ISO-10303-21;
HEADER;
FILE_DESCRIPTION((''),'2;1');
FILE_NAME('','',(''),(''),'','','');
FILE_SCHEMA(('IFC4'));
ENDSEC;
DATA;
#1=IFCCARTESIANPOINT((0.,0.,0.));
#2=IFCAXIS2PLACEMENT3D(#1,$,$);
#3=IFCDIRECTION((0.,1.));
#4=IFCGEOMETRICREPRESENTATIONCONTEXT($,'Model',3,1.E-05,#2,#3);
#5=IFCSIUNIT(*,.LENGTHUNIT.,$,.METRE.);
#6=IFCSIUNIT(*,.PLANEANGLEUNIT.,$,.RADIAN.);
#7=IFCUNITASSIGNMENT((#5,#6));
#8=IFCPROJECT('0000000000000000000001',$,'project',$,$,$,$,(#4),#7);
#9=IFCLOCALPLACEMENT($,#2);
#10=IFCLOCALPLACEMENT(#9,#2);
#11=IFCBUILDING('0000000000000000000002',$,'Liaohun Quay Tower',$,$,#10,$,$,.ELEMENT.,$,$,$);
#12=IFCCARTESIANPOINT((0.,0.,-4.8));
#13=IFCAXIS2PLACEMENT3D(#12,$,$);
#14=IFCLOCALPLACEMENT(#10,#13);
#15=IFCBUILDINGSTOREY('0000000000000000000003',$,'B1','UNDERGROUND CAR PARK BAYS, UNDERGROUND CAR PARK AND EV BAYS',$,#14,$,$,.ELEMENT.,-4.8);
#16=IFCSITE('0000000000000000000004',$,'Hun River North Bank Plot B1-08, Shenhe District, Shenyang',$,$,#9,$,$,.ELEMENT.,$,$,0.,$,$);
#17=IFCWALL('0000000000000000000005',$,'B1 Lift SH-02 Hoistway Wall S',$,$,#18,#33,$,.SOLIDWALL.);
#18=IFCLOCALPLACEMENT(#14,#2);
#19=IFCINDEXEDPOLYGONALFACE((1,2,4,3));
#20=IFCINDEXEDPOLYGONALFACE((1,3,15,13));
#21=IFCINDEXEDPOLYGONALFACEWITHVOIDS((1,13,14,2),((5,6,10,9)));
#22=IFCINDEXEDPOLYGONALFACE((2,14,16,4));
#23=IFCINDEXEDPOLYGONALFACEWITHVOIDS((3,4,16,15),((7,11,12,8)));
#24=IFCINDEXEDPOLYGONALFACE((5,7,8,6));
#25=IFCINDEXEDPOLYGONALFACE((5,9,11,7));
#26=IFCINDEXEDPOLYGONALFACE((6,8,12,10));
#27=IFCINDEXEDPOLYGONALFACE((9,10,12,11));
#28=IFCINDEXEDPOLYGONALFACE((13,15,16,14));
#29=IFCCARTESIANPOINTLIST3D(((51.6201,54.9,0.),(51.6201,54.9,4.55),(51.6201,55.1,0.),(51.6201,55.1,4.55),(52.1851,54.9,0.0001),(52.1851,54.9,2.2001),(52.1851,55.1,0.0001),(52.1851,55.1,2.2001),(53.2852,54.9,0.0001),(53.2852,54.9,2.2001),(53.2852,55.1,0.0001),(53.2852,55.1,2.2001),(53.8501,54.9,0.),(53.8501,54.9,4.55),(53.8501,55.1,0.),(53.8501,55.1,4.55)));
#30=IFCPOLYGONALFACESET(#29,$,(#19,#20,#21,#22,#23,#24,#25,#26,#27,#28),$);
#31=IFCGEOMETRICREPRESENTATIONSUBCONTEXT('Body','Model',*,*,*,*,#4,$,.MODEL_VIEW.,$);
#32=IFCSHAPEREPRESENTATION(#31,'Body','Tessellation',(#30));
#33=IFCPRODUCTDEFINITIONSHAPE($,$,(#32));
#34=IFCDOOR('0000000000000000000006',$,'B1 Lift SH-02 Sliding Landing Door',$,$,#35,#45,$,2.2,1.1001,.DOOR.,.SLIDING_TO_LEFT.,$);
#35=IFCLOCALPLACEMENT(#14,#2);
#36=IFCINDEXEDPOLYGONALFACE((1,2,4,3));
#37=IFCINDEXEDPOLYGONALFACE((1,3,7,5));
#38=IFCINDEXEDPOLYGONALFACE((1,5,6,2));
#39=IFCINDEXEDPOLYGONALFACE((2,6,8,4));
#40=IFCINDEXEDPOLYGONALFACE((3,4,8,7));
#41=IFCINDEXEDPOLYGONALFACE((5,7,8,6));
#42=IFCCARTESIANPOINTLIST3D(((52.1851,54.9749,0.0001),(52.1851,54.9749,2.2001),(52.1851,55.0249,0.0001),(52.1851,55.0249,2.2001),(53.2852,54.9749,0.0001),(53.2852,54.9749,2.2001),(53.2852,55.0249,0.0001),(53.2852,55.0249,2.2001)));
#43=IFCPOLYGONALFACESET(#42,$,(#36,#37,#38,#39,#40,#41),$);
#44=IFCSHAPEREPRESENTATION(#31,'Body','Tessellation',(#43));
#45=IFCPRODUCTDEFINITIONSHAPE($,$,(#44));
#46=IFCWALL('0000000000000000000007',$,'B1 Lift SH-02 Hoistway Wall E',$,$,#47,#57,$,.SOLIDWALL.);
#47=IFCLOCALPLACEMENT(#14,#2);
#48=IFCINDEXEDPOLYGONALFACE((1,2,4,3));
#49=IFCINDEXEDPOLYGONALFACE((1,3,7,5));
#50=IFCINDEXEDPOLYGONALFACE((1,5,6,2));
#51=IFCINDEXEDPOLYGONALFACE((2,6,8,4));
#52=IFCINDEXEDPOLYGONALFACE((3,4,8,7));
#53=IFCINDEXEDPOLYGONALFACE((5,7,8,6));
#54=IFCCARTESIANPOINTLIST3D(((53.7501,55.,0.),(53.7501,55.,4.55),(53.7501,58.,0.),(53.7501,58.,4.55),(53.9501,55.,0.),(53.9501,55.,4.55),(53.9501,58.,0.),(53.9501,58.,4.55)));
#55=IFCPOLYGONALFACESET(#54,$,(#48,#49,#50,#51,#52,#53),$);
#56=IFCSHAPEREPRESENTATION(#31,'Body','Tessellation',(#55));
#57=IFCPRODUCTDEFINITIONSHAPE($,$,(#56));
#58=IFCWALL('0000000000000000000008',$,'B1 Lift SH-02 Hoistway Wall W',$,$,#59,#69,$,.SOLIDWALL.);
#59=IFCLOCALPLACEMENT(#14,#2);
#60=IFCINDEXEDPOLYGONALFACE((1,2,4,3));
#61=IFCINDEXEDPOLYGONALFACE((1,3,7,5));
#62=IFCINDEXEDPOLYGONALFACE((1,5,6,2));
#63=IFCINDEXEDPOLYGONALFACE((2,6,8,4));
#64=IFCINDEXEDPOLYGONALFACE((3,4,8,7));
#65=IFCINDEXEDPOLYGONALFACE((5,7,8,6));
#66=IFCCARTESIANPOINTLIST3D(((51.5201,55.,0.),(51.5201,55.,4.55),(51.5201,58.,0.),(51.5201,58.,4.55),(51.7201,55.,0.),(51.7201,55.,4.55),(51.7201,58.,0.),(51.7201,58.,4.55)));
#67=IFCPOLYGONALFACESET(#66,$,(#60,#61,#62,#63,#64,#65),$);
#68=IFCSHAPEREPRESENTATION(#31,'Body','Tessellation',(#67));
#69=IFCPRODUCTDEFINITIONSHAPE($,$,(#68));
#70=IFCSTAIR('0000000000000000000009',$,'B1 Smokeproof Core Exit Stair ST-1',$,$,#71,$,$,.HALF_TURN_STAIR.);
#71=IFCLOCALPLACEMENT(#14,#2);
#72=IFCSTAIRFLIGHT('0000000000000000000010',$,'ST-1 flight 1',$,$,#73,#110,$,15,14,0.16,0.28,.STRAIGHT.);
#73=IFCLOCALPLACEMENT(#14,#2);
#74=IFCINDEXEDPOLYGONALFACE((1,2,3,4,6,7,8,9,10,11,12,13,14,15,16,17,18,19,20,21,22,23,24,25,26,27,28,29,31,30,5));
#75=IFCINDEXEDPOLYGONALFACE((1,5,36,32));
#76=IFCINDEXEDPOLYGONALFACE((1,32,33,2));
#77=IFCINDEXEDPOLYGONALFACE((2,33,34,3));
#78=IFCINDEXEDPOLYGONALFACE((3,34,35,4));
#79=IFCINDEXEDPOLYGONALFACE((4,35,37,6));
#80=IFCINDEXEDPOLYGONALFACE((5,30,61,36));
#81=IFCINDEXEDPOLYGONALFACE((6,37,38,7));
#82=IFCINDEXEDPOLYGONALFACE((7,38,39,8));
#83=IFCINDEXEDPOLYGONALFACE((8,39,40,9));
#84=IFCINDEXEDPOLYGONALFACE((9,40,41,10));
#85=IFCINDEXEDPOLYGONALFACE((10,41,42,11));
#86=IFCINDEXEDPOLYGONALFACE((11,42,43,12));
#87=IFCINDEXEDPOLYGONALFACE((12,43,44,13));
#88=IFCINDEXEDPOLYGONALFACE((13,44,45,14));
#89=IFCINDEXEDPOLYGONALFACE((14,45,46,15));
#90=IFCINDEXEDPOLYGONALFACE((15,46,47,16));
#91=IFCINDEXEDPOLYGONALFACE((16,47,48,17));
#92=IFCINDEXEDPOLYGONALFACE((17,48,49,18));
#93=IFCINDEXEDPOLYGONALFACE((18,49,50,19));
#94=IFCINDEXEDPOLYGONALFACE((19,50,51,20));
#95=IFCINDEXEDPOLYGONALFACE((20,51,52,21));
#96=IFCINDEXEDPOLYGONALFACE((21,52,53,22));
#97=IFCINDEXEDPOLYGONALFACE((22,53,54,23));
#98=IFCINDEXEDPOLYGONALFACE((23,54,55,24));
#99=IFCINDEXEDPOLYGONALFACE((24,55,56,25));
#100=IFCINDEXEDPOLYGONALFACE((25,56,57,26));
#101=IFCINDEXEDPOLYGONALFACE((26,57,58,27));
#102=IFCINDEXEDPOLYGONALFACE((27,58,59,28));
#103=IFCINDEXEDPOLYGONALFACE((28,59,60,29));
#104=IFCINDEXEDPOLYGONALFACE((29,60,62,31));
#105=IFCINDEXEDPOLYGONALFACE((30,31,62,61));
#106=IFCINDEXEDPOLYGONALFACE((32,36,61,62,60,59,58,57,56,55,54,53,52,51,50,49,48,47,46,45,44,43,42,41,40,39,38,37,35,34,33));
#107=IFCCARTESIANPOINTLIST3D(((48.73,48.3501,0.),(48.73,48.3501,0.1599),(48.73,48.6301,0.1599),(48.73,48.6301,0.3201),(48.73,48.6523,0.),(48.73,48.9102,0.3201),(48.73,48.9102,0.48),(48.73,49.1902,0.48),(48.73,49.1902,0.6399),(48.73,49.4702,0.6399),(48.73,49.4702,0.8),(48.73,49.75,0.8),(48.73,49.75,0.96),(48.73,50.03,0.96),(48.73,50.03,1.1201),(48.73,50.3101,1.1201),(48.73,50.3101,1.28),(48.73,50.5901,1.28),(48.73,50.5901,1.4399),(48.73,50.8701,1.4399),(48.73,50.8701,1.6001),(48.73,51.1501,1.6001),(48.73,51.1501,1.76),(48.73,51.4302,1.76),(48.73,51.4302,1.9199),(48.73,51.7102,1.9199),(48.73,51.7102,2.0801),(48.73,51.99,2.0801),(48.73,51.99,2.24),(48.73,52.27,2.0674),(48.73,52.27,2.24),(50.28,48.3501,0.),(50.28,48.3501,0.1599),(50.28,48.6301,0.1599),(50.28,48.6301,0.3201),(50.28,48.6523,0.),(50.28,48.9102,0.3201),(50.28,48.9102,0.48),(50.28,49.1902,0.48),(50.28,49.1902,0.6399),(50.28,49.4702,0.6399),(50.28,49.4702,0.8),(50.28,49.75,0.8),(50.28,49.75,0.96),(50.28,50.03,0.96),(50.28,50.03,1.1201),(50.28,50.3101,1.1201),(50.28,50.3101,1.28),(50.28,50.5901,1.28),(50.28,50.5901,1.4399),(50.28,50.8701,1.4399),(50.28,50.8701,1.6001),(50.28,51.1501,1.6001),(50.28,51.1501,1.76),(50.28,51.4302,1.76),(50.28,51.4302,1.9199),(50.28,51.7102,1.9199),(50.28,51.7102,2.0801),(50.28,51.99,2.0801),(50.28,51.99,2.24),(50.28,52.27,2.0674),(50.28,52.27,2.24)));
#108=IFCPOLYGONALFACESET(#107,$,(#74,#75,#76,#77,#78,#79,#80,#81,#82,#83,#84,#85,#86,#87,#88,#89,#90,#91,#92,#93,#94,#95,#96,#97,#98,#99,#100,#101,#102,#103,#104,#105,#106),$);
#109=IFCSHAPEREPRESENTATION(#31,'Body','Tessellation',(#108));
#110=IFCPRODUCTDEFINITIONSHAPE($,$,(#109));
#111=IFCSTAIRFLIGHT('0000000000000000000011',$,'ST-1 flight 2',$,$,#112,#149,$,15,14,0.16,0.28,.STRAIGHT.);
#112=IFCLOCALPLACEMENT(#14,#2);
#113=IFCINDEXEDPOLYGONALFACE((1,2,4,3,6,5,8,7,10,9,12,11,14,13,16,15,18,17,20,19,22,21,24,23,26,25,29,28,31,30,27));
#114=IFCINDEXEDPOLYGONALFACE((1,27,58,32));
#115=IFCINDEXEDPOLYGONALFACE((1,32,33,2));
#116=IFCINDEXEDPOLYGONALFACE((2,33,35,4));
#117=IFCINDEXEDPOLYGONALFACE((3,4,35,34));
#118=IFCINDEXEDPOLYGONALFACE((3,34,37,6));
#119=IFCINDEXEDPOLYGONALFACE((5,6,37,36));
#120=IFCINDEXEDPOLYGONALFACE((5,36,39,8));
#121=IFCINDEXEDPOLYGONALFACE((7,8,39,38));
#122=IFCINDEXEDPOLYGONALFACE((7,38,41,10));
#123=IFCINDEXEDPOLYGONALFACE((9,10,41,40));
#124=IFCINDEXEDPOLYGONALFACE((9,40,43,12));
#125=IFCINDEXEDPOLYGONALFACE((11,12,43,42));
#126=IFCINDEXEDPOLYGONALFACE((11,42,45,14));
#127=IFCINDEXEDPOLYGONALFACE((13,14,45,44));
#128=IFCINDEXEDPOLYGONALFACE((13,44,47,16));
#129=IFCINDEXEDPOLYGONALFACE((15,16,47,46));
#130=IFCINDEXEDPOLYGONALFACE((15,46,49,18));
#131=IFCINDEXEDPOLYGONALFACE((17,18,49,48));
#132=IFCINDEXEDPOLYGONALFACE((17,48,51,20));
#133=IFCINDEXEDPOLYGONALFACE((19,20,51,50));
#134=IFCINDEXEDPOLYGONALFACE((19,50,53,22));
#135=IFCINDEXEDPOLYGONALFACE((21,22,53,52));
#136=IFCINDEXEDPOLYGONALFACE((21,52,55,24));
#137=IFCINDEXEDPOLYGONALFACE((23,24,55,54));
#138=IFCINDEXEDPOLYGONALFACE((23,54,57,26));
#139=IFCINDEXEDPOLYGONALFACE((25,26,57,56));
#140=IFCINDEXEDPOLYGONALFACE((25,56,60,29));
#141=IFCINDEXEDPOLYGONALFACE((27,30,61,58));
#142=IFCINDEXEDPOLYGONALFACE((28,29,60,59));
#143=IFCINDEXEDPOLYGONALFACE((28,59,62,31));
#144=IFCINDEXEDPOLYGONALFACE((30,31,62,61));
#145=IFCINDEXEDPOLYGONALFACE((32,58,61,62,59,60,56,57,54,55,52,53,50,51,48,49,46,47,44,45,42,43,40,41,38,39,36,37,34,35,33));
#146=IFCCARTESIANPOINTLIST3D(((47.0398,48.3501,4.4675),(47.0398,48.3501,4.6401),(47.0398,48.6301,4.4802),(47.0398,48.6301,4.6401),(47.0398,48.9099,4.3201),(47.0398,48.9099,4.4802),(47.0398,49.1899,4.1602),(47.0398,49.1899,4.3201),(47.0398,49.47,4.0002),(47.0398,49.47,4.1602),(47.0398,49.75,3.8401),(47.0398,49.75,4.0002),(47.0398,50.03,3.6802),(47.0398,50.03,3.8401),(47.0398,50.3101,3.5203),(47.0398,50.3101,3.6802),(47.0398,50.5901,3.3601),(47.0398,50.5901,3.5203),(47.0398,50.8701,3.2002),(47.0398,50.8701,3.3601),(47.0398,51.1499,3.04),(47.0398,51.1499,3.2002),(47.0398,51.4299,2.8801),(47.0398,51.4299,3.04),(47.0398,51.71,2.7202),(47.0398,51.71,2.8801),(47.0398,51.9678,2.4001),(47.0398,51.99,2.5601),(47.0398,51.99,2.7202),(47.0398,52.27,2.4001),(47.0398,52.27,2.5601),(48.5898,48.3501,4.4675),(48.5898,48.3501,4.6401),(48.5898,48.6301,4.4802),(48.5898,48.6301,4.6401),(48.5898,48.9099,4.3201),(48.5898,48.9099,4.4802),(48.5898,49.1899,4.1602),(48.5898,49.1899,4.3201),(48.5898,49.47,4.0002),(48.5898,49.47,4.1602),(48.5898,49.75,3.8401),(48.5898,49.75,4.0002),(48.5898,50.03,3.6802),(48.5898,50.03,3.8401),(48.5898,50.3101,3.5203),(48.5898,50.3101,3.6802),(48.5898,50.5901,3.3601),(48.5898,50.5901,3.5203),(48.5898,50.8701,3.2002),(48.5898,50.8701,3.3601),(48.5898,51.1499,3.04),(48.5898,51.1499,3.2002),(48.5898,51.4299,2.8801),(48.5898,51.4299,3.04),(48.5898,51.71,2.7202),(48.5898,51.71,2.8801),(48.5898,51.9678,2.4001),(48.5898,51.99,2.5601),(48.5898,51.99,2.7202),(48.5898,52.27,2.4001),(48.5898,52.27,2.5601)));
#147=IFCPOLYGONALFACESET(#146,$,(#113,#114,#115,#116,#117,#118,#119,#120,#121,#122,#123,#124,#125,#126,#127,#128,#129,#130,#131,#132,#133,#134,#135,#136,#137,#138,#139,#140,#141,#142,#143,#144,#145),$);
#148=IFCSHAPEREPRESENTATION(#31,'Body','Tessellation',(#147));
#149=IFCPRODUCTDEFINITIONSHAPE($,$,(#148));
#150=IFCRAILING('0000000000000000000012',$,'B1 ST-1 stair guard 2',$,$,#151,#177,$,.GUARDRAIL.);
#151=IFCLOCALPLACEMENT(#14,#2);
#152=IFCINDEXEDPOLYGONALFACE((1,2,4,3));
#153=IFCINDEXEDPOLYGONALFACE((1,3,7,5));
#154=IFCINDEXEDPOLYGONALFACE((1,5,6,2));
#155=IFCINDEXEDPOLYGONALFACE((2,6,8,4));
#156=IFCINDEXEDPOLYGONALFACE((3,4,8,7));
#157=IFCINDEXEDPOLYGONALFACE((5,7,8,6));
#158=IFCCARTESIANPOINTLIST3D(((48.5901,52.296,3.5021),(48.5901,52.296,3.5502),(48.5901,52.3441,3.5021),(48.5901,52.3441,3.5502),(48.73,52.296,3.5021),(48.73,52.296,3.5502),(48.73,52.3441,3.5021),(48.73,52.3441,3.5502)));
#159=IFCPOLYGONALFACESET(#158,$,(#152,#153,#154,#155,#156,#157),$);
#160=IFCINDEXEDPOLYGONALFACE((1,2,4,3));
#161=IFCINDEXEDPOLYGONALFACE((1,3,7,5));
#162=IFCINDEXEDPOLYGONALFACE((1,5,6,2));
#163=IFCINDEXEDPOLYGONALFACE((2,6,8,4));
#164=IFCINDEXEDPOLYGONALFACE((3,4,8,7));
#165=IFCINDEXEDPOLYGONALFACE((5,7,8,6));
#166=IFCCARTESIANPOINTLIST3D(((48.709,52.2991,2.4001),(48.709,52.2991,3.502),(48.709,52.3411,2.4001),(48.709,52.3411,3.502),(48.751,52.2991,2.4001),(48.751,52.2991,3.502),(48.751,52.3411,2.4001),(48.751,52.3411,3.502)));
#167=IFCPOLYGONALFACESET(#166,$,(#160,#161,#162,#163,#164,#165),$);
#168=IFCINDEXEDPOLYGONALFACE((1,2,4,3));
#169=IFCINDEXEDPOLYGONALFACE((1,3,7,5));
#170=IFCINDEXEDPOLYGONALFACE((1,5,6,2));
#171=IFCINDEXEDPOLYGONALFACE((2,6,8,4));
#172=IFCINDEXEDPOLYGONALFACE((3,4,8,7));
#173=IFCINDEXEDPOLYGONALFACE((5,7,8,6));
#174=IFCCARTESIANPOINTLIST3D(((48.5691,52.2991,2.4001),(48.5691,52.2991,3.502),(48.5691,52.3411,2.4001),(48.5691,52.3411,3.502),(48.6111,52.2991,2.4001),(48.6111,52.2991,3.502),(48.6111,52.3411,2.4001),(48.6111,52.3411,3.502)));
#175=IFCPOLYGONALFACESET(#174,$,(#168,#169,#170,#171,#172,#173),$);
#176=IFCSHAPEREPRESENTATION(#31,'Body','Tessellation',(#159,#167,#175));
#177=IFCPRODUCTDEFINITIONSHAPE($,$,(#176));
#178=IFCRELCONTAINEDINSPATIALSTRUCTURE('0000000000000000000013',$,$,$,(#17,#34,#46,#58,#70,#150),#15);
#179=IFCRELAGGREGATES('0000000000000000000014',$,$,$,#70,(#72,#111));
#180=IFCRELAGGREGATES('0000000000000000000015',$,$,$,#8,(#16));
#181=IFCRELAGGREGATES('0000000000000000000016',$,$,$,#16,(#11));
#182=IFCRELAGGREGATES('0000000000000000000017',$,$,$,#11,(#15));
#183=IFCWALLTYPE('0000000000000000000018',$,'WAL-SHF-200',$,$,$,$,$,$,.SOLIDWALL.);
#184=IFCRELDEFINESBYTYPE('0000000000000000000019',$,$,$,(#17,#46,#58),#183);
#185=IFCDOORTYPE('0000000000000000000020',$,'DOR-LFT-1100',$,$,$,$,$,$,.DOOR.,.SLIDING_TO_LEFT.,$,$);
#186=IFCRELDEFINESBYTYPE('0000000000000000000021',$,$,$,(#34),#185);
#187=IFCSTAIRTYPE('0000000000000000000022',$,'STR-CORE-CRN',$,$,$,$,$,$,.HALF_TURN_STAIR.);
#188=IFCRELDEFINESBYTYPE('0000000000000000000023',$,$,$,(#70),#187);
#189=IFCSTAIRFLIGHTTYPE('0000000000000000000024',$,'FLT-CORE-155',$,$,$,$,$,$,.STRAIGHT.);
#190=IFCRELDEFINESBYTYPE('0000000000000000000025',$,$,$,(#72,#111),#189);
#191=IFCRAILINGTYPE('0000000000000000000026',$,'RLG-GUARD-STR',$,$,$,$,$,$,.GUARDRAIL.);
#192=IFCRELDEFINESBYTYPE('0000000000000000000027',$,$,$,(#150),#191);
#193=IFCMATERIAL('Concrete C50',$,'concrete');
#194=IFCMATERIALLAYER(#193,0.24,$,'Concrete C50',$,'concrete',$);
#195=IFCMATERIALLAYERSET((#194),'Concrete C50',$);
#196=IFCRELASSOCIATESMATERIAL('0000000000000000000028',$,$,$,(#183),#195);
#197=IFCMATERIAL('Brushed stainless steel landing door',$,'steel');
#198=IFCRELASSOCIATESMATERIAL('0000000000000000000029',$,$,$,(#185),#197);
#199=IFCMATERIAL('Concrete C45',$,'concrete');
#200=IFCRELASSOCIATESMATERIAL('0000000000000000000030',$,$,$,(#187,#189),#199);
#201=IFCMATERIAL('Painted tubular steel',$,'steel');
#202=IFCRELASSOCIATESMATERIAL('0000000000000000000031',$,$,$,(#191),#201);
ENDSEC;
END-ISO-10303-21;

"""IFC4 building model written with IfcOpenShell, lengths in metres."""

from ifc_helpers import new_model, si_unit, direction, frame, frame_2d, origin, origin_2d, place, context, subcontext, project, spatial, polyline, rectangle, outline, extrude, source, transform, mapped, material, layer, layer_set, type_object, element, fill, aggregate, save


model = new_model("IFC4")

# Units and contexts
model_context = context("Model", 3, precision=1e-05, world=origin(), true_north=direction((0.0, 1.0)))
body_context = subcontext(model_context, "Body", "Model", "MODEL_VIEW")
ifc_project = project(units=[si_unit("LENGTHUNIT", "METRE"), si_unit("PLANEANGLEUNIT", "RADIAN")], contexts=[model_context])

# Site, building, storey
site_placement = place(None, origin())
site = spatial("IfcSite", under=ifc_project, at=site_placement, Name="Hun River North Bank Plot B1-08, Shenhe District, Shenyang", CompositionType="ELEMENT", RefElevation=0.0)
building_placement = place(site_placement, origin())
building = spatial("IfcBuilding", under=site, at=building_placement, Name="Liaohun Quay Tower", CompositionType="ELEMENT")
storey_placement = place(building_placement, frame((0.0, 0.0, -4.8)))
storey = spatial("IfcBuildingStorey", under=building, at=storey_placement, Name="B1", Description="UNDERGROUND CAR PARK BAYS, UNDERGROUND CAR PARK AND EV BAYS", CompositionType="ELEMENT", Elevation=-4.8)

# Shared definitions
ifc_material_1 = material(Name="Concrete C50", Category="concrete")
ifc_layer_1 = layer(ifc_material_1, 0.24, Name="Concrete C50", Category="concrete")
ifc_layer_set_1 = layer_set([ifc_layer_1], Name="Concrete C50")
wall_type_1 = type_object("IfcWallType", Name="WAL-SHF-200", PredefinedType="SOLIDWALL", material=ifc_layer_set_1)

# Wall, opening, door
wall_1_placement = place(storey_placement, frame((51.6201, 55.0, 0.0), z_axis=(0.0, 0.0, 1.0), x_axis=(1.0, 0.0, 0.0)))
wall_1 = element("IfcWall", 1, at=wall_1_placement, inside=storey, type_object=wall_type_1, Name="B1 Lift SH-02 Hoistway Wall S", PredefinedType="SOLIDWALL", context=body_context, shape_type="SweptSolid", body=[
    extrude(rectangle(XDim=2.23, YDim=0.2, at=frame_2d((1.115, 0.0))), origin(), (0.0, 0.0, 1.0), 4.55),
])
shared_shape_1 = source(origin(), body_context, "Body", "SweptSolid", [
    extrude(rectangle(XDim=1.1001, YDim=2.2, at=frame_2d((0.55, 1.1001))), frame((0.0, 0.1099, 0.0), z_axis=(0.0, -1.0, 0.0), x_axis=(1.0, 0.0, 0.0)), (0.0, 0.0, 1.0), 0.22),
])
opening_1_placement = place(wall_1_placement, frame((0.5649, 0.0, 0.0)))
opening_1 = element("IfcOpeningElement", 2, at=opening_1_placement, cuts=wall_1, PredefinedType="OPENING", context=body_context, shape_type="MappedRepresentation", body=[
    mapped(shared_shape_1, transform((0.0, 0.0, 0.0), x_axis=(1.0, 0.0, 0.0), y_axis=(0.0, 1.0, 0.0), z_axis=(0.0, 0.0, 1.0), scale=1.0)),
])
ifc_material_2 = material(Name="Brushed stainless steel landing door", Category="steel")
door_type_1 = type_object("IfcDoorType", Name="DOR-LFT-1100", OperationType="SLIDING_TO_LEFT", PredefinedType="DOOR", material=ifc_material_2)
shared_shape_2 = source(origin(), body_context, "Body", "SweptSolid", [
    extrude(rectangle(XDim=1.1001, YDim=2.2, at=frame_2d((0.55, 1.1001))), frame((0.0, 0.0249, 0.0), z_axis=(0.0, -1.0, 0.0), x_axis=(1.0, 0.0, 0.0)), (0.0, 0.0, 1.0), 0.05),
])
door_1_placement = place(opening_1_placement, origin())
door_1 = element("IfcDoor", 3, at=door_1_placement, inside=storey, type_object=door_type_1, Name="B1 Lift SH-02 Sliding Landing Door", OperationType="SLIDING_TO_LEFT", OverallHeight=2.2, OverallWidth=1.1001, PredefinedType="DOOR", context=body_context, shape_type="MappedRepresentation", body=[
    mapped(shared_shape_2, transform((0.0, 0.0, 0.0), x_axis=(1.0, 0.0, 0.0), y_axis=(0.0, 1.0, 0.0), z_axis=(0.0, 0.0, 1.0), scale=1.0)),
])
fill(opening_1, door_1)

# Walls
for number, where, z_axis, x_axis, name in (
    (4, (53.8501, 55.0, 0.0), (0.0, 0.0, 1.0), (0.0, 1.0, 0.0), "B1 Lift SH-02 Hoistway Wall E"),
    (5, (51.6201, 58.0, 0.0), (0.0, 0.0, 1.0), (0.0, -1.0, 0.0), "B1 Lift SH-02 Hoistway Wall W"),
):
    element("IfcWall", number, at=place(storey_placement, frame(where, z_axis=z_axis, x_axis=x_axis)), inside=storey, type_object=wall_type_1, Name=name, PredefinedType="SOLIDWALL", context=body_context, shape_type="SweptSolid", body=[
        extrude(rectangle(XDim=3.0, YDim=0.2, at=frame_2d((1.5, 0.0))), origin(), (0.0, 0.0, 1.0), 4.55),
    ])

# Stair, stair flights
ifc_material_3 = material(Name="Concrete C45", Category="concrete")
stair_type = type_object("IfcStairType", Name="STR-CORE-CRN", PredefinedType="HALF_TURN_STAIR", material=ifc_material_3)
stair_placement = place(storey_placement, origin())
stair = element("IfcStair", 6, at=stair_placement, inside=storey, type_object=stair_type, Name="B1 Smokeproof Core Exit Stair ST-1", PredefinedType="HALF_TURN_STAIR")
stair_flight_type = type_object("IfcStairFlightType", Name="FLT-CORE-155", PredefinedType="STRAIGHT", material=ifc_material_3)
stair_flight_1_placement = place(storey_placement, frame((49.5049, 48.3501, 0.0), z_axis=(0.0, 0.0, 1.0), x_axis=(0.0, 1.0, 0.0)))
stair_flight_1 = element("IfcStairFlight", 7, at=stair_flight_1_placement, type_object=stair_flight_type, Name="ST-1 flight 1", NumberOfRisers=15, NumberOfTreads=14, PredefinedType="STRAIGHT", RiserHeight=0.16, TreadLength=0.28, context=body_context, shape_type="SweptSolid", body=[
    extrude(outline(polyline([(0.0, 0.0), (0.0, 0.1599), (0.28, 0.1599), (0.28, 0.3201), (0.5601, 0.3201), (0.5601, 0.48), (0.8401, 0.48), (0.8401, 0.6399), (1.1201, 0.6399), (1.1201, 0.8), (1.3999, 0.8), (1.3999, 0.96), (1.6799, 0.96), (1.6799, 1.1201), (1.96, 1.1201), (1.96, 1.28), (2.24, 1.28), (2.24, 1.4399), (2.52, 1.4399), (2.52, 1.6001), (2.8, 1.6001), (2.8, 1.76), (3.0801, 1.76), (3.0801, 1.9199), (3.3601, 1.9199), (3.3601, 2.0801), (3.6399, 2.0801), (3.6399, 2.24), (3.9199, 2.24), (3.9199, 2.3999), (3.9199, 2.0674), (0.3022, 0.0), (0.0, 0.0)])), frame((0.0, 0.7749, 0.0), z_axis=(0.0, -1.0, 0.0), x_axis=(1.0, 0.0, 0.0)), (0.0, 0.0, 1.0), 1.55),
])
stair_flight_2_placement = place(storey_placement, frame((47.8149, 52.27, 2.4001), z_axis=(0.0, 0.0, 1.0), x_axis=(0.0, -1.0, 0.0)))
stair_flight_2 = element("IfcStairFlight", 8, at=stair_flight_2_placement, type_object=stair_flight_type, Name="ST-1 flight 2", NumberOfRisers=15, NumberOfTreads=14, PredefinedType="STRAIGHT", RiserHeight=0.16, TreadLength=0.28, context=body_context, shape_type="SweptSolid", body=[
    extrude(outline(polyline([(0.0, 0.0), (0.0, 0.1599), (0.28, 0.1599), (0.28, 0.3201), (0.5601, 0.3201), (0.5601, 0.48), (0.8401, 0.48), (0.8401, 0.6399), (1.1201, 0.6399), (1.1201, 0.8), (1.3999, 0.8), (1.3999, 0.96), (1.6799, 0.96), (1.6799, 1.1201), (1.96, 1.1201), (1.96, 1.28), (2.24, 1.28), (2.24, 1.4399), (2.52, 1.4399), (2.52, 1.6001), (2.8, 1.6001), (2.8, 1.76), (3.0801, 1.76), (3.0801, 1.9199), (3.3601, 1.9199), (3.3601, 2.0801), (3.6399, 2.0801), (3.6399, 2.24), (3.9199, 2.24), (3.9199, 2.3999), (3.9199, 2.0674), (0.3022, 0.0), (0.0, 0.0)])), frame((0.0, 0.7749, 0.0), z_axis=(0.0, -1.0, 0.0), x_axis=(1.0, 0.0, 0.0)), (0.0, 0.0, 1.0), 1.55),
])
aggregate(stair, [stair_flight_1, stair_flight_2])

# Railing
ifc_material_4 = material(Name="Painted tubular steel", Category="steel")
railing_type_1 = type_object("IfcRailingType", Name="RLG-GUARD-STR", PredefinedType="GUARDRAIL", material=ifc_material_4)
railing_1_placement = place(storey_placement, frame((48.73, 52.3201, 2.4001)))
element("IfcRailing", 9, at=railing_1_placement, inside=storey, type_object=railing_type_1, Name="B1 ST-1 stair guard 2", PredefinedType="GUARDRAIL", context=body_context, shape_type="SweptSolid", body=[
    extrude(rectangle(XDim=0.0481, YDim=0.0481, at=origin_2d()), frame((0.0, 0.0, 1.126), z_axis=(-1.0, 0.0, 0.0), x_axis=(0.0, -1.0, 0.0)), (0.0, 0.0, 1.0), 0.1399),
    extrude(rectangle(XDim=0.042, YDim=0.042, at=origin_2d()), origin(), (0.0, 0.0, 1.0), 1.1018),
    extrude(rectangle(XDim=0.042, YDim=0.042, at=origin_2d()), frame((-0.1399, 0.0, 0.0)), (0.0, 0.0, 1.0), 1.1018),
])

save(model, "model.ifc")
